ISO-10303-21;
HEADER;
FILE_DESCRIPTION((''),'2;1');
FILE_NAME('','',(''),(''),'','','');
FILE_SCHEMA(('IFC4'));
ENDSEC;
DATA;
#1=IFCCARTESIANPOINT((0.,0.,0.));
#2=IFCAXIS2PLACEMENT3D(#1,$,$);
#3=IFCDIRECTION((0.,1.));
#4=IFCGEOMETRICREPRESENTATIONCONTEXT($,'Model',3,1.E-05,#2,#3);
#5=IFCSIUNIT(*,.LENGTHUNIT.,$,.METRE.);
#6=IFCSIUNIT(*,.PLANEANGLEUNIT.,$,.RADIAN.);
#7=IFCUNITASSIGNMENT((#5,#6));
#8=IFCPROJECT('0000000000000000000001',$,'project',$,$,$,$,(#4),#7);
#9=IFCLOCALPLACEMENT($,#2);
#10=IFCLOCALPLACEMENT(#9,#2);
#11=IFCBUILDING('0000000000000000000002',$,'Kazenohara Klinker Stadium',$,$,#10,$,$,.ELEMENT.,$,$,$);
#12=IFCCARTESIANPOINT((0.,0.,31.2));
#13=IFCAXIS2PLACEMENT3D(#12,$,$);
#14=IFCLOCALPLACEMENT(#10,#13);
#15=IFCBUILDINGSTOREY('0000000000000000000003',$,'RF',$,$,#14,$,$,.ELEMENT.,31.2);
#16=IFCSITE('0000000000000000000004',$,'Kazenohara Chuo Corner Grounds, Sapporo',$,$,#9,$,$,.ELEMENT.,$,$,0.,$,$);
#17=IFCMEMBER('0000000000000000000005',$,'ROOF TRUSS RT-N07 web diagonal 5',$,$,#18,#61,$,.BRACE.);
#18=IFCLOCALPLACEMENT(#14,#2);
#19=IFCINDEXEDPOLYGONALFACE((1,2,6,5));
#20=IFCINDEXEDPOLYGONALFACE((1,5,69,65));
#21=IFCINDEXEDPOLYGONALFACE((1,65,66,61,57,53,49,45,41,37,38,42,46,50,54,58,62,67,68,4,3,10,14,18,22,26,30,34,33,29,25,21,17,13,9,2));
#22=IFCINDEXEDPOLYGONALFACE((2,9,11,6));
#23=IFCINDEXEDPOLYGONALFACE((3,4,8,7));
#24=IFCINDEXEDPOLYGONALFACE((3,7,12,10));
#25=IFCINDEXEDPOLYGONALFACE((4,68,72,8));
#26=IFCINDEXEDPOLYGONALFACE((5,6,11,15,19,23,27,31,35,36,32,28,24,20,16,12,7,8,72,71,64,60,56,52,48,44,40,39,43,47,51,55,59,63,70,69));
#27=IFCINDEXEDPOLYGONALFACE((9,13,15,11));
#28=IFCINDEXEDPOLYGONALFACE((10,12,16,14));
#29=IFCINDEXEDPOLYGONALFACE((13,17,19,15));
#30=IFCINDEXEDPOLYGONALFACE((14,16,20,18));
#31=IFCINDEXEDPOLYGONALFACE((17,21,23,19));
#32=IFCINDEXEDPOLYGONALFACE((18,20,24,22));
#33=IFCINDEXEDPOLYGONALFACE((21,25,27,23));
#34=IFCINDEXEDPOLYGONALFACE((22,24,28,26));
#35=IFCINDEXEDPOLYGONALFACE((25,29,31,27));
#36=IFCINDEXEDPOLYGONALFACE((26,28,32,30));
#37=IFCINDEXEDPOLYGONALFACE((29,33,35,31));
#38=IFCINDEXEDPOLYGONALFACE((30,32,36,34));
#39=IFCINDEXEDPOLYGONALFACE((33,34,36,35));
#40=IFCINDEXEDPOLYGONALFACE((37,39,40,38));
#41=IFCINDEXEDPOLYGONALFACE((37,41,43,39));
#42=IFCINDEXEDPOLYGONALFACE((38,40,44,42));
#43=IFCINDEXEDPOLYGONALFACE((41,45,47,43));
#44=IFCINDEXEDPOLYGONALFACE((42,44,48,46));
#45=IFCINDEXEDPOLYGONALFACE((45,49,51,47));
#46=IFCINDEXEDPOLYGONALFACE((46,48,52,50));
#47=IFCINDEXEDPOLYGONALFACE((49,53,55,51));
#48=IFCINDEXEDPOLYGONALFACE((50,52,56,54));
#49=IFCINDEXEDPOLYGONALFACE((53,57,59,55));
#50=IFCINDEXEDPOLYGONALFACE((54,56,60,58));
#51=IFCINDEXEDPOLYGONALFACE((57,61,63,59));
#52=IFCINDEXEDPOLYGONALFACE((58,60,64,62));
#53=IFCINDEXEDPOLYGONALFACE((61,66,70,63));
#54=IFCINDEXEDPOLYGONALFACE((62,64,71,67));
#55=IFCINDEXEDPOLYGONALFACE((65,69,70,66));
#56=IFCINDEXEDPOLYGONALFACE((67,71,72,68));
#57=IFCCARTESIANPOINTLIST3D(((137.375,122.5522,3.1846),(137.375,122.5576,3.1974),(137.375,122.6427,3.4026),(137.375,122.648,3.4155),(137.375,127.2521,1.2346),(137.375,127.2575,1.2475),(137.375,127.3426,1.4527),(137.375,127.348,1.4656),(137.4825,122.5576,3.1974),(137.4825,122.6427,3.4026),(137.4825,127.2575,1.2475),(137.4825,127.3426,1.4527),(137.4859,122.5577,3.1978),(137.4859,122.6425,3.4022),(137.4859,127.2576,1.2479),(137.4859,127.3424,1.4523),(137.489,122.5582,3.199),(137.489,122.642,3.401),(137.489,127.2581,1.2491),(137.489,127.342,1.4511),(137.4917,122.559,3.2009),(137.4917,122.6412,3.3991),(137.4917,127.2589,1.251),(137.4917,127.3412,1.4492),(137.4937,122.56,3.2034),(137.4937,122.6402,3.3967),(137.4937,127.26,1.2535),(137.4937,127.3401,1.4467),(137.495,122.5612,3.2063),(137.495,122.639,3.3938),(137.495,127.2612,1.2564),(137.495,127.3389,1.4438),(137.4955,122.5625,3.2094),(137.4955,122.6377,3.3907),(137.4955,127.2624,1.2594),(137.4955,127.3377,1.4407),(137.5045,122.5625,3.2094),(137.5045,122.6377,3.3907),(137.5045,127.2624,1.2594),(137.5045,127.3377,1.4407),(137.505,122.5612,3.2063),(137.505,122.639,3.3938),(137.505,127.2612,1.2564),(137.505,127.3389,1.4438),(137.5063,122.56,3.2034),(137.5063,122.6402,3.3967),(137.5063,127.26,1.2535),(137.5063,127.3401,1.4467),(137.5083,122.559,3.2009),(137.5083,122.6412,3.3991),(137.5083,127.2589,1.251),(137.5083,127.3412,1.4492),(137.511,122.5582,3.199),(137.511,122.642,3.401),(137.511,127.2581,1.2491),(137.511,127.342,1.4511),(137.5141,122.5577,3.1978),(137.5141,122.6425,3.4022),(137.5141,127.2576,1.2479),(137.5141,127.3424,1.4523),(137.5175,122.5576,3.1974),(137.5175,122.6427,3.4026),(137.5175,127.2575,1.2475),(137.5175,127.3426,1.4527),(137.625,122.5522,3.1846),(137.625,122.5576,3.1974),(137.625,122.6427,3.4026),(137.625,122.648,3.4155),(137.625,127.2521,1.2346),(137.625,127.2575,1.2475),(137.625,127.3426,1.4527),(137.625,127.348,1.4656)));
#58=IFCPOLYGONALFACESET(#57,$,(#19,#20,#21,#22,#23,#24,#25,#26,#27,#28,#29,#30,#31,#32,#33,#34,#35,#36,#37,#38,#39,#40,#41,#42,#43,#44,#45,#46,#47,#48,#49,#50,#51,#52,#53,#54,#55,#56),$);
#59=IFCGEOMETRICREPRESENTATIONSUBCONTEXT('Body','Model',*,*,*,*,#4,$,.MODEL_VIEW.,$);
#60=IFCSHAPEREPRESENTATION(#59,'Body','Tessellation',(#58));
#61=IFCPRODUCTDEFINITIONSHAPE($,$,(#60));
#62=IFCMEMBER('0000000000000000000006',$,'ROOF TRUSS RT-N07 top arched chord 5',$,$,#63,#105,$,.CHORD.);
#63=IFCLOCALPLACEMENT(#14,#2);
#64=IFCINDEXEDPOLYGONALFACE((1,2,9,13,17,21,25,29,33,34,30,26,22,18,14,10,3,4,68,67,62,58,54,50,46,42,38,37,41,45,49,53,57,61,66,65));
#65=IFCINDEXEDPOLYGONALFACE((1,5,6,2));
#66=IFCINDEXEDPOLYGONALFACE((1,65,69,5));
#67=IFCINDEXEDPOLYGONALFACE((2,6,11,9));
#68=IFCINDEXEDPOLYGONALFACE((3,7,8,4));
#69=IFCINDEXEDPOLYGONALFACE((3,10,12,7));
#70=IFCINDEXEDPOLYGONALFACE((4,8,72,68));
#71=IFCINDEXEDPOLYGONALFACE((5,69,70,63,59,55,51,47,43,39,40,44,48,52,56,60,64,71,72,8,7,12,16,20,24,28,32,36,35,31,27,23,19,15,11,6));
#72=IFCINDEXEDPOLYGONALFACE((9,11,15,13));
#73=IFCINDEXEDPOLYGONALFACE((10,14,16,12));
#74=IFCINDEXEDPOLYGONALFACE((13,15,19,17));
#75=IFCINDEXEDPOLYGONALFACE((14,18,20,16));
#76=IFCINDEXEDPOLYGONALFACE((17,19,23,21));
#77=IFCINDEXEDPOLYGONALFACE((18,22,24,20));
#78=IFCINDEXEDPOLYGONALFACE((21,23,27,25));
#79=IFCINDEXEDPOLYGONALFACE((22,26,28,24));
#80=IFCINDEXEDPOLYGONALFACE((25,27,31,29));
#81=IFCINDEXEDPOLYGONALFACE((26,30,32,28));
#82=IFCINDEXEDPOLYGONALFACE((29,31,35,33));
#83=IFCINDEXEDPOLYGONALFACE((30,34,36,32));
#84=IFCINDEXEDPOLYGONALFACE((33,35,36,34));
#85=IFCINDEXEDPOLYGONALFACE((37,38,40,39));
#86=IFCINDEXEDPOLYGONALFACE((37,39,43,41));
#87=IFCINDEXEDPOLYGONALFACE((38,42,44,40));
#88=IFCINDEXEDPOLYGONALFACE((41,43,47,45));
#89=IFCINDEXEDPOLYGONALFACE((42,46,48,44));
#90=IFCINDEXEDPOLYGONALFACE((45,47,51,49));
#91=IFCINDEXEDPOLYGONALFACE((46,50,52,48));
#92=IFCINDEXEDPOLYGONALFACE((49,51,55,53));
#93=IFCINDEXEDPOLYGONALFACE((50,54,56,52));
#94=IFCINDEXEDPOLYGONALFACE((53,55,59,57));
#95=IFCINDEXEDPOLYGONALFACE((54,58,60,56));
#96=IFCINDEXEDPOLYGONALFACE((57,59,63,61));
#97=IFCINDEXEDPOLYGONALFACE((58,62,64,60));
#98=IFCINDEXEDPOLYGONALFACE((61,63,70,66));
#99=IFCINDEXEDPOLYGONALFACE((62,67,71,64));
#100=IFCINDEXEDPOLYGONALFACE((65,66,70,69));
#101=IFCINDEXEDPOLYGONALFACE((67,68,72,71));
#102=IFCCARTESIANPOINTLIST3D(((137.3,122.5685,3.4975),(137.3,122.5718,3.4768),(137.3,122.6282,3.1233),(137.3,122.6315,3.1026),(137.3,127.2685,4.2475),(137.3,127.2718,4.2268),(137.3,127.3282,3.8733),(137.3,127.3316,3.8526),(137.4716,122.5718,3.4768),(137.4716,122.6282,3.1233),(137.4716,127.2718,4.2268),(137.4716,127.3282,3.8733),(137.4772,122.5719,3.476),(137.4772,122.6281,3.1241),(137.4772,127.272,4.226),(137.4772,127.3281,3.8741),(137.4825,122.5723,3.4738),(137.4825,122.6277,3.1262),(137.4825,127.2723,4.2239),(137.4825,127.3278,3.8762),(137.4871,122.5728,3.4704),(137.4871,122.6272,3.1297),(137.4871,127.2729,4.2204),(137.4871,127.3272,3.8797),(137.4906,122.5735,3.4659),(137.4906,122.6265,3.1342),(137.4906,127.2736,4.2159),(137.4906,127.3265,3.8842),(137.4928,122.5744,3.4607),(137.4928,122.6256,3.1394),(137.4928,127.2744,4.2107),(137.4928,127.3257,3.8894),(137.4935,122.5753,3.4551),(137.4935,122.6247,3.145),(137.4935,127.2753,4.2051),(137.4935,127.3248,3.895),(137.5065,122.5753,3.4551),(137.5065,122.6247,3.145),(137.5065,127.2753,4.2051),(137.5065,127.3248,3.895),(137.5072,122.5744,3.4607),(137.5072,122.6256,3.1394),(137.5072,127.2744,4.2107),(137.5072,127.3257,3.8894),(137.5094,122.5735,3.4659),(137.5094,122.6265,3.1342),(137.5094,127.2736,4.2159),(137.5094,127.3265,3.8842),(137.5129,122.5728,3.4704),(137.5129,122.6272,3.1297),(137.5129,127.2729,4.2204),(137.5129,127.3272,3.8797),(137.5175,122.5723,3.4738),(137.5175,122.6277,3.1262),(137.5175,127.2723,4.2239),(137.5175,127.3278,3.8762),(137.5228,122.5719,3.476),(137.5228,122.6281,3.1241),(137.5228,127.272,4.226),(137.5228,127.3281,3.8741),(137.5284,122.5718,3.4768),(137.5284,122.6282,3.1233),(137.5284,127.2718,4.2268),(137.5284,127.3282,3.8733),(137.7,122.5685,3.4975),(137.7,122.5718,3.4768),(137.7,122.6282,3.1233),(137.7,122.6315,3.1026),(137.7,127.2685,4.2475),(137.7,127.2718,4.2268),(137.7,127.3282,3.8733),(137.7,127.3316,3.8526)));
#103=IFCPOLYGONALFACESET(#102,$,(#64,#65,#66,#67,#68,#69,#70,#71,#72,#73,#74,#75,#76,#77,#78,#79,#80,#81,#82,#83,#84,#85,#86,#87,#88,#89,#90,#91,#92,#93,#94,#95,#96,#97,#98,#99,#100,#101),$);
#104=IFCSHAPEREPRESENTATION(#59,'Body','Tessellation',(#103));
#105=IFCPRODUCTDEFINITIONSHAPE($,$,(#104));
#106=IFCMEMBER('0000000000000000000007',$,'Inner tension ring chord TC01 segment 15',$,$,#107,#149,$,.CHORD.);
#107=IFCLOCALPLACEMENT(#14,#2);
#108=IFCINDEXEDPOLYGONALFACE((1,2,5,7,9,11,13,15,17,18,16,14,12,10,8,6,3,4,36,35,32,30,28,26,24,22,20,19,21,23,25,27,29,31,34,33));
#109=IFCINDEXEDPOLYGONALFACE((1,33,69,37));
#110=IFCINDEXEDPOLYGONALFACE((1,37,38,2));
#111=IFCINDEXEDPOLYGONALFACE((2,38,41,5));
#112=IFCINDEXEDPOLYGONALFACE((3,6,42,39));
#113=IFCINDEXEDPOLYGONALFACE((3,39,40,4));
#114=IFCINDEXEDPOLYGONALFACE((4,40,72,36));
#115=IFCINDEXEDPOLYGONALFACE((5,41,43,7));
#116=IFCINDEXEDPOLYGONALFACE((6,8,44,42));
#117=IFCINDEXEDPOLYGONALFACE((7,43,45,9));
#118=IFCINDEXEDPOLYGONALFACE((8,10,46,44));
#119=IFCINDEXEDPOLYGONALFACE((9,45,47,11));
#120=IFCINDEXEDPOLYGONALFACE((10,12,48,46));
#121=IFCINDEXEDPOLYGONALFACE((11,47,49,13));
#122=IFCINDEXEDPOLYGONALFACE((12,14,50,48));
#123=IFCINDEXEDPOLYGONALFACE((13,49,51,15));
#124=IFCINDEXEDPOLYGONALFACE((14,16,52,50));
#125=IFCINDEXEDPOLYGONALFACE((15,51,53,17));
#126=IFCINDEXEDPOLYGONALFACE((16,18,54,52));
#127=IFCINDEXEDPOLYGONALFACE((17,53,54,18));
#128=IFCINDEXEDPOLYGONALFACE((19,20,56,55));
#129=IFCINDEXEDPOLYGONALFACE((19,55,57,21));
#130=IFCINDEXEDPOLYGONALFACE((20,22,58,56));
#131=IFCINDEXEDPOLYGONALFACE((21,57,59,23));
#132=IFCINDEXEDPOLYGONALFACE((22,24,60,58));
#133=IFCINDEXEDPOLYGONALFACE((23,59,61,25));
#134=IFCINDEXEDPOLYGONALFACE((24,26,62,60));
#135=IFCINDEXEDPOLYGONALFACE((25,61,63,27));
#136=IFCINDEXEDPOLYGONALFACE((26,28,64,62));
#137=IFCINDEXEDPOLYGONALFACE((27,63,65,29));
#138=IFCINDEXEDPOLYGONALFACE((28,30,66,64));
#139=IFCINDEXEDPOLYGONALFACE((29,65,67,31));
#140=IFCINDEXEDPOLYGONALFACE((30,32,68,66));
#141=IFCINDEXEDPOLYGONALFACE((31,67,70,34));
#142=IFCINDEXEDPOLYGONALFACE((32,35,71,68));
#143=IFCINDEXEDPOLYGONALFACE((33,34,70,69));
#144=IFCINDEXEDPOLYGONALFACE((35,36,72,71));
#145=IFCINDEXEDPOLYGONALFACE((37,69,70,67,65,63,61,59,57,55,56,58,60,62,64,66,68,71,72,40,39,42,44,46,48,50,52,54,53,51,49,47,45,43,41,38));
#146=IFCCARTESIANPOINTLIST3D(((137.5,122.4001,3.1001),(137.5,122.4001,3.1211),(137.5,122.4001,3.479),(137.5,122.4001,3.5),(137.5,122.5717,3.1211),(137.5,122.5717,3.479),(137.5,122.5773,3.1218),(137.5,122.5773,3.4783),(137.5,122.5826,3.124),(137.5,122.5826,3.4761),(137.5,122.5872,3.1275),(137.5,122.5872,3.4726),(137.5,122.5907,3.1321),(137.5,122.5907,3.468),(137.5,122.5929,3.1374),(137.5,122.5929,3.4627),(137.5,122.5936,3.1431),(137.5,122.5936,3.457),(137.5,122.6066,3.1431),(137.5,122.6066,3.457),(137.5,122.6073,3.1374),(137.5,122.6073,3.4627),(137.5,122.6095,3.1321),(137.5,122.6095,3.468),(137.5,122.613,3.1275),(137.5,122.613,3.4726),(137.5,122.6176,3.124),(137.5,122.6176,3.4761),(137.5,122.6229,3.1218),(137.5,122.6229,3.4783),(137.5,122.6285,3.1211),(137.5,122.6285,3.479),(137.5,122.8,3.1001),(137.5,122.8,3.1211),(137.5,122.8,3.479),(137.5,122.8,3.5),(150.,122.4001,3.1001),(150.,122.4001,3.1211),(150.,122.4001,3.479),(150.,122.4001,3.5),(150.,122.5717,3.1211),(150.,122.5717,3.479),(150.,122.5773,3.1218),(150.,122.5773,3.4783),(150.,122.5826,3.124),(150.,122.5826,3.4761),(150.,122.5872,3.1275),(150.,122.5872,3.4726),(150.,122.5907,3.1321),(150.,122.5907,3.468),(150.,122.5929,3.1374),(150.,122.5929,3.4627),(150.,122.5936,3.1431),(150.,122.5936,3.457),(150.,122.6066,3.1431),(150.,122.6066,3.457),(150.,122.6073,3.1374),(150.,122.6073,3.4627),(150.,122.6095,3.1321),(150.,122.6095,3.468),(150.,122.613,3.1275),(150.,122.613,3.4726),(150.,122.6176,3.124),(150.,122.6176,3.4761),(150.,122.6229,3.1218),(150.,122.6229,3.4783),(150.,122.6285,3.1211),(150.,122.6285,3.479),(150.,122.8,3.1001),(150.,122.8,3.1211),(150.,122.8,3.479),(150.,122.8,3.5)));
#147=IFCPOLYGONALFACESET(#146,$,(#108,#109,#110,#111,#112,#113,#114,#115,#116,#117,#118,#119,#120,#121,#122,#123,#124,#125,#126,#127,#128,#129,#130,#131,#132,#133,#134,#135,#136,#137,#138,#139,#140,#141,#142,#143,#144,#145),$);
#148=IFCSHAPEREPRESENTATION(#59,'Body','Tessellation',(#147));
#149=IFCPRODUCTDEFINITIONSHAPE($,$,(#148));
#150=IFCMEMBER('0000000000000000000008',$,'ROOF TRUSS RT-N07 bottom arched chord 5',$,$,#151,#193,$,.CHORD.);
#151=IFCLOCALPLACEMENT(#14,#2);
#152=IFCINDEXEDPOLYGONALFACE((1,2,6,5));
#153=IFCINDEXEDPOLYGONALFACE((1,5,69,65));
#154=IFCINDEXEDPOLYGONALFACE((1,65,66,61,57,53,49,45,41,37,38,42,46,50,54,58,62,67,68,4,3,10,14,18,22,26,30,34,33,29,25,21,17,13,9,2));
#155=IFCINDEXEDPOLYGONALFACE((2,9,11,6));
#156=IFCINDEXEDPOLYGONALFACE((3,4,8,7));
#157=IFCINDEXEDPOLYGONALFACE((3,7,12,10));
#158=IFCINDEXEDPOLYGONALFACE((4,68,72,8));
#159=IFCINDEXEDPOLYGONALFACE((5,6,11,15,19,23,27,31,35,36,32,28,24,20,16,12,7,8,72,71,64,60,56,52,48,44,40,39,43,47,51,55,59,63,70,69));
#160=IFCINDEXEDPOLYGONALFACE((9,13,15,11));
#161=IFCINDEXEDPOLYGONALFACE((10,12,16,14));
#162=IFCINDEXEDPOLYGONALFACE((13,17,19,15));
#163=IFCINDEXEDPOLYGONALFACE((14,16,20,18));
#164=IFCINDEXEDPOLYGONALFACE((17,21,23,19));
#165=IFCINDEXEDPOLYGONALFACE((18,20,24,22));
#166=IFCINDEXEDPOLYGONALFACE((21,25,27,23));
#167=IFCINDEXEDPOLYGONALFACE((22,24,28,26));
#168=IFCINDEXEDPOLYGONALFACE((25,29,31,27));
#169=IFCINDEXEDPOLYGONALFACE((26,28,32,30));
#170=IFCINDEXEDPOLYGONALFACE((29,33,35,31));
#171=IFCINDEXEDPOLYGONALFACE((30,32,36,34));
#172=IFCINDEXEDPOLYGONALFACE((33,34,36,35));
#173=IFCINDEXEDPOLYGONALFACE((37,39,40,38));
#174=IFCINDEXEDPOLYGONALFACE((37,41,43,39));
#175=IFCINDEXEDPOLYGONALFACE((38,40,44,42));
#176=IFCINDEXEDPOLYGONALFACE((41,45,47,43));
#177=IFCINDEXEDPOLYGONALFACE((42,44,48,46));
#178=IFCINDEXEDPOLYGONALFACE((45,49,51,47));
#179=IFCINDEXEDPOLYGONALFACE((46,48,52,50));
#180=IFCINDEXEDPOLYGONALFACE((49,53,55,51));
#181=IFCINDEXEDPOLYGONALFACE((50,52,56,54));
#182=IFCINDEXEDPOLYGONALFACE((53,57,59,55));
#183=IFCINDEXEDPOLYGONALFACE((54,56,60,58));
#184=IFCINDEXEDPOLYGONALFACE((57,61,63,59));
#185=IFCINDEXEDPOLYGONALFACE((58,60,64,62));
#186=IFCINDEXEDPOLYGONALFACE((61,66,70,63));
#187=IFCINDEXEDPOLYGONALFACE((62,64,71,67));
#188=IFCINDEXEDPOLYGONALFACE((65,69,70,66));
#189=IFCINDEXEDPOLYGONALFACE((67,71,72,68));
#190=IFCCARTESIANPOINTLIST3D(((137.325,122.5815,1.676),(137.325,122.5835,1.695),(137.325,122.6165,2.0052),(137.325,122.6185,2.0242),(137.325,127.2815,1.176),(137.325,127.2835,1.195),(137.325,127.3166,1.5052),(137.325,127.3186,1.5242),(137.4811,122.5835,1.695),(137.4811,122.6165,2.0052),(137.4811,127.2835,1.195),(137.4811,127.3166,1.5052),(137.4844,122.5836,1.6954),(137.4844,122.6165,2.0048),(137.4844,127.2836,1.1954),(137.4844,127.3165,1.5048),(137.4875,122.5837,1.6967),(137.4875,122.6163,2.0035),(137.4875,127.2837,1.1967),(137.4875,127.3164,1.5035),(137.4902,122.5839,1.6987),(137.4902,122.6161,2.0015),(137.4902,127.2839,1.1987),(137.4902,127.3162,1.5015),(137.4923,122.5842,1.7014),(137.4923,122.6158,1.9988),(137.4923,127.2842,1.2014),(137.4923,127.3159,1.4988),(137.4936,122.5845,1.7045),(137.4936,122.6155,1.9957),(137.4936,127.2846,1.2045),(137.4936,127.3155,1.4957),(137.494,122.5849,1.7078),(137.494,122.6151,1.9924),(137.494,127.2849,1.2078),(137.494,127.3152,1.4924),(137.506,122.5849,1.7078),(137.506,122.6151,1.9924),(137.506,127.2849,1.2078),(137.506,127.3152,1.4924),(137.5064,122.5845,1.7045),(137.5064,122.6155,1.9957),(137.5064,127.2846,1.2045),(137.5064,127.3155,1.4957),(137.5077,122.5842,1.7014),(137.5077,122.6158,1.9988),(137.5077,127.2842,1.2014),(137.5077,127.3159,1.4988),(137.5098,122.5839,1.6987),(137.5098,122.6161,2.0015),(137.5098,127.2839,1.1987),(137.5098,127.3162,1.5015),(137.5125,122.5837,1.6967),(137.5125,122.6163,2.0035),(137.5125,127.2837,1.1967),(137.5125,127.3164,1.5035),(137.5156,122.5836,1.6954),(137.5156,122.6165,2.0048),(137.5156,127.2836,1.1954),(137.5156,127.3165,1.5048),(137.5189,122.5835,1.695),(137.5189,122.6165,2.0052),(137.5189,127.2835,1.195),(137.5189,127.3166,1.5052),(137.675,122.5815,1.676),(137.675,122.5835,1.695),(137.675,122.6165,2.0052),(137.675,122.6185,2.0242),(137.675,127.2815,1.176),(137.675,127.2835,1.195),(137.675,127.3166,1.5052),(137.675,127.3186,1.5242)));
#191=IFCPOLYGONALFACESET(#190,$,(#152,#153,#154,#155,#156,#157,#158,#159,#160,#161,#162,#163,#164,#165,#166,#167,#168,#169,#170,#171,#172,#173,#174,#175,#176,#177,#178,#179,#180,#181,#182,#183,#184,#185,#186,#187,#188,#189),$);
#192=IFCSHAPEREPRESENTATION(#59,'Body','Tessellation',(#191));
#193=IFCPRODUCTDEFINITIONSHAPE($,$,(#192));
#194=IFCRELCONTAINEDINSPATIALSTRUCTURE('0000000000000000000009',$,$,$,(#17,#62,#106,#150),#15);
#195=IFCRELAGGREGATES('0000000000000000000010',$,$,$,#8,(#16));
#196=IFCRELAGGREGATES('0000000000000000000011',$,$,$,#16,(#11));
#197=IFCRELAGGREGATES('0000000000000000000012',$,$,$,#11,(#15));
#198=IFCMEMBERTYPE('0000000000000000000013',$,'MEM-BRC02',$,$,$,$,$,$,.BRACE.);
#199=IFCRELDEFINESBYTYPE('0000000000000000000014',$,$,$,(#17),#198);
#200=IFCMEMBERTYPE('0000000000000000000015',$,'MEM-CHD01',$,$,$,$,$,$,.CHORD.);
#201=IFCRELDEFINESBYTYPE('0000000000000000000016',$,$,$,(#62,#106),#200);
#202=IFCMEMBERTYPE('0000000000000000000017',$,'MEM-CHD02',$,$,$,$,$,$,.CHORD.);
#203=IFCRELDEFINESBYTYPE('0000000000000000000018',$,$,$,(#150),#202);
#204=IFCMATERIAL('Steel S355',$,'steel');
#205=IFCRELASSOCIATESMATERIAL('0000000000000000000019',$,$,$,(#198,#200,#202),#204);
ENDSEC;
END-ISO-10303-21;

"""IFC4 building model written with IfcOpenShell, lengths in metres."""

from ifc_helpers import new_model, si_unit, direction, frame, origin, origin_2d, place, context, subcontext, project, spatial, i_section, extrude, material, material_profile, profile_set, type_object, element, save


model = new_model("IFC4")

# Units and contexts
model_context = context("Model", 3, precision=1e-05, world=origin(), true_north=direction((0.0, 1.0)))
body_context = subcontext(model_context, "Body", "Model", "MODEL_VIEW")
ifc_project = project(units=[si_unit("LENGTHUNIT", "METRE"), si_unit("PLANEANGLEUNIT", "RADIAN")], contexts=[model_context])

# Site, building, storey
site_placement = place(None, origin())
site = spatial("IfcSite", under=ifc_project, at=site_placement, Name="Kazenohara Chuo Corner Grounds, Sapporo", CompositionType="ELEMENT", RefElevation=0.0)
building_placement = place(site_placement, origin())
building = spatial("IfcBuilding", under=site, at=building_placement, Name="Kazenohara Klinker Stadium", CompositionType="ELEMENT")
storey_placement = place(building_placement, frame((0.0, 0.0, 31.2)))
storey = spatial("IfcBuildingStorey", under=building, at=storey_placement, Name="RF", CompositionType="ELEMENT", Elevation=31.2)

# Members
ifc_material_1 = material(Name="Steel S355", Category="steel")
ifc_material_profile_1 = material_profile(ifc_material_1, i_section(OverallWidth=0.25, OverallDepth=0.25, WebThickness=0.009, FlangeThickness=0.0139, FilletRadius=0.0129, at=origin_2d()), Name="H-250x250x9x14")
ifc_profile_set_1 = profile_set([ifc_material_profile_1], Name="Steel S355")
member_type_1 = type_object("IfcMemberType", Name="MEM-BRC02", PredefinedType="BRACE", material=ifc_profile_set_1)
member_1_placement = place(storey_placement, frame((137.5, 127.3, 1.3501), z_axis=(0.0, -0.923659, 0.383215), x_axis=(1.0, 0.0, 0.0)))
element("IfcMember", 1, at=member_1_placement, inside=storey, type_object=member_type_1, Name="ROOF TRUSS RT-N07 web diagonal 5", PredefinedType="BRACE", context=body_context, shape_type="SweptSolid", body=[
    extrude(i_section(OverallWidth=0.25, OverallDepth=0.25, WebThickness=0.009, FlangeThickness=0.0139, FilletRadius=0.0129, at=origin_2d()), origin(), (0.0, 0.0, 1.0), 5.0884),
])
ifc_material_profile_2 = material_profile(ifc_material_1, i_section(OverallWidth=0.3999, OverallDepth=0.3999, WebThickness=0.0129, FlangeThickness=0.021, FilletRadius=0.022, at=origin_2d()), Name="H-400x400x13x21")
ifc_profile_set_2 = profile_set([ifc_material_profile_2], Name="Steel S355")
member_type_2 = type_object("IfcMemberType", Name="MEM-CHD01", PredefinedType="CHORD", material=ifc_profile_set_2)
member_2_placement = place(storey_placement, frame((137.5, 127.3, 4.05), z_axis=(0.0, -0.987506, -0.157582), x_axis=(1.0, 0.0, 0.0)))
element("IfcMember", 2, at=member_2_placement, inside=storey, type_object=member_type_2, Name="ROOF TRUSS RT-N07 top arched chord 5", PredefinedType="CHORD", context=body_context, shape_type="SweptSolid", body=[
    extrude(i_section(OverallWidth=0.3999, OverallDepth=0.3999, WebThickness=0.0129, FlangeThickness=0.021, FilletRadius=0.022, at=origin_2d()), origin(), (0.0, 0.0, 1.0), 4.7595),
])
member_3_placement = place(storey_placement, frame((137.5, 122.6001, 3.3), z_axis=(1.0, 0.0, 0.0), x_axis=(0.0, 1.0, 0.0)))
element("IfcMember", 3, at=member_3_placement, inside=storey, type_object=member_type_2, Name="Inner tension ring chord TC01 segment 15", PredefinedType="CHORD", context=body_context, shape_type="SweptSolid", body=[
    extrude(i_section(OverallWidth=0.3999, OverallDepth=0.3999, WebThickness=0.0129, FlangeThickness=0.021, FilletRadius=0.022, at=origin_2d()), origin(), (0.0, 0.0, 1.0), 12.5),
])
ifc_material_profile_3 = material_profile(ifc_material_1, i_section(OverallWidth=0.3501, OverallDepth=0.3501, WebThickness=0.012, FlangeThickness=0.019, FilletRadius=0.0129, at=origin_2d()), Name="H-350x350x12x19")
ifc_profile_set_3 = profile_set([ifc_material_profile_3], Name="Steel S355")
member_type_3 = type_object("IfcMemberType", Name="MEM-CHD02", PredefinedType="CHORD", material=ifc_profile_set_3)
member_4_placement = place(storey_placement, frame((137.5, 127.3, 1.3501), z_axis=(0.0, -0.994389, 0.105787), x_axis=(1.0, 0.0, 0.0)))
element("IfcMember", 4, at=member_4_placement, inside=storey, type_object=member_type_3, Name="ROOF TRUSS RT-N07 bottom arched chord 5", PredefinedType="CHORD", context=body_context, shape_type="SweptSolid", body=[
    extrude(i_section(OverallWidth=0.3501, OverallDepth=0.3501, WebThickness=0.012, FlangeThickness=0.019, FilletRadius=0.0129, at=origin_2d()), origin(), (0.0, 0.0, 1.0), 4.7266),
])

save(model, "model.ifc")
